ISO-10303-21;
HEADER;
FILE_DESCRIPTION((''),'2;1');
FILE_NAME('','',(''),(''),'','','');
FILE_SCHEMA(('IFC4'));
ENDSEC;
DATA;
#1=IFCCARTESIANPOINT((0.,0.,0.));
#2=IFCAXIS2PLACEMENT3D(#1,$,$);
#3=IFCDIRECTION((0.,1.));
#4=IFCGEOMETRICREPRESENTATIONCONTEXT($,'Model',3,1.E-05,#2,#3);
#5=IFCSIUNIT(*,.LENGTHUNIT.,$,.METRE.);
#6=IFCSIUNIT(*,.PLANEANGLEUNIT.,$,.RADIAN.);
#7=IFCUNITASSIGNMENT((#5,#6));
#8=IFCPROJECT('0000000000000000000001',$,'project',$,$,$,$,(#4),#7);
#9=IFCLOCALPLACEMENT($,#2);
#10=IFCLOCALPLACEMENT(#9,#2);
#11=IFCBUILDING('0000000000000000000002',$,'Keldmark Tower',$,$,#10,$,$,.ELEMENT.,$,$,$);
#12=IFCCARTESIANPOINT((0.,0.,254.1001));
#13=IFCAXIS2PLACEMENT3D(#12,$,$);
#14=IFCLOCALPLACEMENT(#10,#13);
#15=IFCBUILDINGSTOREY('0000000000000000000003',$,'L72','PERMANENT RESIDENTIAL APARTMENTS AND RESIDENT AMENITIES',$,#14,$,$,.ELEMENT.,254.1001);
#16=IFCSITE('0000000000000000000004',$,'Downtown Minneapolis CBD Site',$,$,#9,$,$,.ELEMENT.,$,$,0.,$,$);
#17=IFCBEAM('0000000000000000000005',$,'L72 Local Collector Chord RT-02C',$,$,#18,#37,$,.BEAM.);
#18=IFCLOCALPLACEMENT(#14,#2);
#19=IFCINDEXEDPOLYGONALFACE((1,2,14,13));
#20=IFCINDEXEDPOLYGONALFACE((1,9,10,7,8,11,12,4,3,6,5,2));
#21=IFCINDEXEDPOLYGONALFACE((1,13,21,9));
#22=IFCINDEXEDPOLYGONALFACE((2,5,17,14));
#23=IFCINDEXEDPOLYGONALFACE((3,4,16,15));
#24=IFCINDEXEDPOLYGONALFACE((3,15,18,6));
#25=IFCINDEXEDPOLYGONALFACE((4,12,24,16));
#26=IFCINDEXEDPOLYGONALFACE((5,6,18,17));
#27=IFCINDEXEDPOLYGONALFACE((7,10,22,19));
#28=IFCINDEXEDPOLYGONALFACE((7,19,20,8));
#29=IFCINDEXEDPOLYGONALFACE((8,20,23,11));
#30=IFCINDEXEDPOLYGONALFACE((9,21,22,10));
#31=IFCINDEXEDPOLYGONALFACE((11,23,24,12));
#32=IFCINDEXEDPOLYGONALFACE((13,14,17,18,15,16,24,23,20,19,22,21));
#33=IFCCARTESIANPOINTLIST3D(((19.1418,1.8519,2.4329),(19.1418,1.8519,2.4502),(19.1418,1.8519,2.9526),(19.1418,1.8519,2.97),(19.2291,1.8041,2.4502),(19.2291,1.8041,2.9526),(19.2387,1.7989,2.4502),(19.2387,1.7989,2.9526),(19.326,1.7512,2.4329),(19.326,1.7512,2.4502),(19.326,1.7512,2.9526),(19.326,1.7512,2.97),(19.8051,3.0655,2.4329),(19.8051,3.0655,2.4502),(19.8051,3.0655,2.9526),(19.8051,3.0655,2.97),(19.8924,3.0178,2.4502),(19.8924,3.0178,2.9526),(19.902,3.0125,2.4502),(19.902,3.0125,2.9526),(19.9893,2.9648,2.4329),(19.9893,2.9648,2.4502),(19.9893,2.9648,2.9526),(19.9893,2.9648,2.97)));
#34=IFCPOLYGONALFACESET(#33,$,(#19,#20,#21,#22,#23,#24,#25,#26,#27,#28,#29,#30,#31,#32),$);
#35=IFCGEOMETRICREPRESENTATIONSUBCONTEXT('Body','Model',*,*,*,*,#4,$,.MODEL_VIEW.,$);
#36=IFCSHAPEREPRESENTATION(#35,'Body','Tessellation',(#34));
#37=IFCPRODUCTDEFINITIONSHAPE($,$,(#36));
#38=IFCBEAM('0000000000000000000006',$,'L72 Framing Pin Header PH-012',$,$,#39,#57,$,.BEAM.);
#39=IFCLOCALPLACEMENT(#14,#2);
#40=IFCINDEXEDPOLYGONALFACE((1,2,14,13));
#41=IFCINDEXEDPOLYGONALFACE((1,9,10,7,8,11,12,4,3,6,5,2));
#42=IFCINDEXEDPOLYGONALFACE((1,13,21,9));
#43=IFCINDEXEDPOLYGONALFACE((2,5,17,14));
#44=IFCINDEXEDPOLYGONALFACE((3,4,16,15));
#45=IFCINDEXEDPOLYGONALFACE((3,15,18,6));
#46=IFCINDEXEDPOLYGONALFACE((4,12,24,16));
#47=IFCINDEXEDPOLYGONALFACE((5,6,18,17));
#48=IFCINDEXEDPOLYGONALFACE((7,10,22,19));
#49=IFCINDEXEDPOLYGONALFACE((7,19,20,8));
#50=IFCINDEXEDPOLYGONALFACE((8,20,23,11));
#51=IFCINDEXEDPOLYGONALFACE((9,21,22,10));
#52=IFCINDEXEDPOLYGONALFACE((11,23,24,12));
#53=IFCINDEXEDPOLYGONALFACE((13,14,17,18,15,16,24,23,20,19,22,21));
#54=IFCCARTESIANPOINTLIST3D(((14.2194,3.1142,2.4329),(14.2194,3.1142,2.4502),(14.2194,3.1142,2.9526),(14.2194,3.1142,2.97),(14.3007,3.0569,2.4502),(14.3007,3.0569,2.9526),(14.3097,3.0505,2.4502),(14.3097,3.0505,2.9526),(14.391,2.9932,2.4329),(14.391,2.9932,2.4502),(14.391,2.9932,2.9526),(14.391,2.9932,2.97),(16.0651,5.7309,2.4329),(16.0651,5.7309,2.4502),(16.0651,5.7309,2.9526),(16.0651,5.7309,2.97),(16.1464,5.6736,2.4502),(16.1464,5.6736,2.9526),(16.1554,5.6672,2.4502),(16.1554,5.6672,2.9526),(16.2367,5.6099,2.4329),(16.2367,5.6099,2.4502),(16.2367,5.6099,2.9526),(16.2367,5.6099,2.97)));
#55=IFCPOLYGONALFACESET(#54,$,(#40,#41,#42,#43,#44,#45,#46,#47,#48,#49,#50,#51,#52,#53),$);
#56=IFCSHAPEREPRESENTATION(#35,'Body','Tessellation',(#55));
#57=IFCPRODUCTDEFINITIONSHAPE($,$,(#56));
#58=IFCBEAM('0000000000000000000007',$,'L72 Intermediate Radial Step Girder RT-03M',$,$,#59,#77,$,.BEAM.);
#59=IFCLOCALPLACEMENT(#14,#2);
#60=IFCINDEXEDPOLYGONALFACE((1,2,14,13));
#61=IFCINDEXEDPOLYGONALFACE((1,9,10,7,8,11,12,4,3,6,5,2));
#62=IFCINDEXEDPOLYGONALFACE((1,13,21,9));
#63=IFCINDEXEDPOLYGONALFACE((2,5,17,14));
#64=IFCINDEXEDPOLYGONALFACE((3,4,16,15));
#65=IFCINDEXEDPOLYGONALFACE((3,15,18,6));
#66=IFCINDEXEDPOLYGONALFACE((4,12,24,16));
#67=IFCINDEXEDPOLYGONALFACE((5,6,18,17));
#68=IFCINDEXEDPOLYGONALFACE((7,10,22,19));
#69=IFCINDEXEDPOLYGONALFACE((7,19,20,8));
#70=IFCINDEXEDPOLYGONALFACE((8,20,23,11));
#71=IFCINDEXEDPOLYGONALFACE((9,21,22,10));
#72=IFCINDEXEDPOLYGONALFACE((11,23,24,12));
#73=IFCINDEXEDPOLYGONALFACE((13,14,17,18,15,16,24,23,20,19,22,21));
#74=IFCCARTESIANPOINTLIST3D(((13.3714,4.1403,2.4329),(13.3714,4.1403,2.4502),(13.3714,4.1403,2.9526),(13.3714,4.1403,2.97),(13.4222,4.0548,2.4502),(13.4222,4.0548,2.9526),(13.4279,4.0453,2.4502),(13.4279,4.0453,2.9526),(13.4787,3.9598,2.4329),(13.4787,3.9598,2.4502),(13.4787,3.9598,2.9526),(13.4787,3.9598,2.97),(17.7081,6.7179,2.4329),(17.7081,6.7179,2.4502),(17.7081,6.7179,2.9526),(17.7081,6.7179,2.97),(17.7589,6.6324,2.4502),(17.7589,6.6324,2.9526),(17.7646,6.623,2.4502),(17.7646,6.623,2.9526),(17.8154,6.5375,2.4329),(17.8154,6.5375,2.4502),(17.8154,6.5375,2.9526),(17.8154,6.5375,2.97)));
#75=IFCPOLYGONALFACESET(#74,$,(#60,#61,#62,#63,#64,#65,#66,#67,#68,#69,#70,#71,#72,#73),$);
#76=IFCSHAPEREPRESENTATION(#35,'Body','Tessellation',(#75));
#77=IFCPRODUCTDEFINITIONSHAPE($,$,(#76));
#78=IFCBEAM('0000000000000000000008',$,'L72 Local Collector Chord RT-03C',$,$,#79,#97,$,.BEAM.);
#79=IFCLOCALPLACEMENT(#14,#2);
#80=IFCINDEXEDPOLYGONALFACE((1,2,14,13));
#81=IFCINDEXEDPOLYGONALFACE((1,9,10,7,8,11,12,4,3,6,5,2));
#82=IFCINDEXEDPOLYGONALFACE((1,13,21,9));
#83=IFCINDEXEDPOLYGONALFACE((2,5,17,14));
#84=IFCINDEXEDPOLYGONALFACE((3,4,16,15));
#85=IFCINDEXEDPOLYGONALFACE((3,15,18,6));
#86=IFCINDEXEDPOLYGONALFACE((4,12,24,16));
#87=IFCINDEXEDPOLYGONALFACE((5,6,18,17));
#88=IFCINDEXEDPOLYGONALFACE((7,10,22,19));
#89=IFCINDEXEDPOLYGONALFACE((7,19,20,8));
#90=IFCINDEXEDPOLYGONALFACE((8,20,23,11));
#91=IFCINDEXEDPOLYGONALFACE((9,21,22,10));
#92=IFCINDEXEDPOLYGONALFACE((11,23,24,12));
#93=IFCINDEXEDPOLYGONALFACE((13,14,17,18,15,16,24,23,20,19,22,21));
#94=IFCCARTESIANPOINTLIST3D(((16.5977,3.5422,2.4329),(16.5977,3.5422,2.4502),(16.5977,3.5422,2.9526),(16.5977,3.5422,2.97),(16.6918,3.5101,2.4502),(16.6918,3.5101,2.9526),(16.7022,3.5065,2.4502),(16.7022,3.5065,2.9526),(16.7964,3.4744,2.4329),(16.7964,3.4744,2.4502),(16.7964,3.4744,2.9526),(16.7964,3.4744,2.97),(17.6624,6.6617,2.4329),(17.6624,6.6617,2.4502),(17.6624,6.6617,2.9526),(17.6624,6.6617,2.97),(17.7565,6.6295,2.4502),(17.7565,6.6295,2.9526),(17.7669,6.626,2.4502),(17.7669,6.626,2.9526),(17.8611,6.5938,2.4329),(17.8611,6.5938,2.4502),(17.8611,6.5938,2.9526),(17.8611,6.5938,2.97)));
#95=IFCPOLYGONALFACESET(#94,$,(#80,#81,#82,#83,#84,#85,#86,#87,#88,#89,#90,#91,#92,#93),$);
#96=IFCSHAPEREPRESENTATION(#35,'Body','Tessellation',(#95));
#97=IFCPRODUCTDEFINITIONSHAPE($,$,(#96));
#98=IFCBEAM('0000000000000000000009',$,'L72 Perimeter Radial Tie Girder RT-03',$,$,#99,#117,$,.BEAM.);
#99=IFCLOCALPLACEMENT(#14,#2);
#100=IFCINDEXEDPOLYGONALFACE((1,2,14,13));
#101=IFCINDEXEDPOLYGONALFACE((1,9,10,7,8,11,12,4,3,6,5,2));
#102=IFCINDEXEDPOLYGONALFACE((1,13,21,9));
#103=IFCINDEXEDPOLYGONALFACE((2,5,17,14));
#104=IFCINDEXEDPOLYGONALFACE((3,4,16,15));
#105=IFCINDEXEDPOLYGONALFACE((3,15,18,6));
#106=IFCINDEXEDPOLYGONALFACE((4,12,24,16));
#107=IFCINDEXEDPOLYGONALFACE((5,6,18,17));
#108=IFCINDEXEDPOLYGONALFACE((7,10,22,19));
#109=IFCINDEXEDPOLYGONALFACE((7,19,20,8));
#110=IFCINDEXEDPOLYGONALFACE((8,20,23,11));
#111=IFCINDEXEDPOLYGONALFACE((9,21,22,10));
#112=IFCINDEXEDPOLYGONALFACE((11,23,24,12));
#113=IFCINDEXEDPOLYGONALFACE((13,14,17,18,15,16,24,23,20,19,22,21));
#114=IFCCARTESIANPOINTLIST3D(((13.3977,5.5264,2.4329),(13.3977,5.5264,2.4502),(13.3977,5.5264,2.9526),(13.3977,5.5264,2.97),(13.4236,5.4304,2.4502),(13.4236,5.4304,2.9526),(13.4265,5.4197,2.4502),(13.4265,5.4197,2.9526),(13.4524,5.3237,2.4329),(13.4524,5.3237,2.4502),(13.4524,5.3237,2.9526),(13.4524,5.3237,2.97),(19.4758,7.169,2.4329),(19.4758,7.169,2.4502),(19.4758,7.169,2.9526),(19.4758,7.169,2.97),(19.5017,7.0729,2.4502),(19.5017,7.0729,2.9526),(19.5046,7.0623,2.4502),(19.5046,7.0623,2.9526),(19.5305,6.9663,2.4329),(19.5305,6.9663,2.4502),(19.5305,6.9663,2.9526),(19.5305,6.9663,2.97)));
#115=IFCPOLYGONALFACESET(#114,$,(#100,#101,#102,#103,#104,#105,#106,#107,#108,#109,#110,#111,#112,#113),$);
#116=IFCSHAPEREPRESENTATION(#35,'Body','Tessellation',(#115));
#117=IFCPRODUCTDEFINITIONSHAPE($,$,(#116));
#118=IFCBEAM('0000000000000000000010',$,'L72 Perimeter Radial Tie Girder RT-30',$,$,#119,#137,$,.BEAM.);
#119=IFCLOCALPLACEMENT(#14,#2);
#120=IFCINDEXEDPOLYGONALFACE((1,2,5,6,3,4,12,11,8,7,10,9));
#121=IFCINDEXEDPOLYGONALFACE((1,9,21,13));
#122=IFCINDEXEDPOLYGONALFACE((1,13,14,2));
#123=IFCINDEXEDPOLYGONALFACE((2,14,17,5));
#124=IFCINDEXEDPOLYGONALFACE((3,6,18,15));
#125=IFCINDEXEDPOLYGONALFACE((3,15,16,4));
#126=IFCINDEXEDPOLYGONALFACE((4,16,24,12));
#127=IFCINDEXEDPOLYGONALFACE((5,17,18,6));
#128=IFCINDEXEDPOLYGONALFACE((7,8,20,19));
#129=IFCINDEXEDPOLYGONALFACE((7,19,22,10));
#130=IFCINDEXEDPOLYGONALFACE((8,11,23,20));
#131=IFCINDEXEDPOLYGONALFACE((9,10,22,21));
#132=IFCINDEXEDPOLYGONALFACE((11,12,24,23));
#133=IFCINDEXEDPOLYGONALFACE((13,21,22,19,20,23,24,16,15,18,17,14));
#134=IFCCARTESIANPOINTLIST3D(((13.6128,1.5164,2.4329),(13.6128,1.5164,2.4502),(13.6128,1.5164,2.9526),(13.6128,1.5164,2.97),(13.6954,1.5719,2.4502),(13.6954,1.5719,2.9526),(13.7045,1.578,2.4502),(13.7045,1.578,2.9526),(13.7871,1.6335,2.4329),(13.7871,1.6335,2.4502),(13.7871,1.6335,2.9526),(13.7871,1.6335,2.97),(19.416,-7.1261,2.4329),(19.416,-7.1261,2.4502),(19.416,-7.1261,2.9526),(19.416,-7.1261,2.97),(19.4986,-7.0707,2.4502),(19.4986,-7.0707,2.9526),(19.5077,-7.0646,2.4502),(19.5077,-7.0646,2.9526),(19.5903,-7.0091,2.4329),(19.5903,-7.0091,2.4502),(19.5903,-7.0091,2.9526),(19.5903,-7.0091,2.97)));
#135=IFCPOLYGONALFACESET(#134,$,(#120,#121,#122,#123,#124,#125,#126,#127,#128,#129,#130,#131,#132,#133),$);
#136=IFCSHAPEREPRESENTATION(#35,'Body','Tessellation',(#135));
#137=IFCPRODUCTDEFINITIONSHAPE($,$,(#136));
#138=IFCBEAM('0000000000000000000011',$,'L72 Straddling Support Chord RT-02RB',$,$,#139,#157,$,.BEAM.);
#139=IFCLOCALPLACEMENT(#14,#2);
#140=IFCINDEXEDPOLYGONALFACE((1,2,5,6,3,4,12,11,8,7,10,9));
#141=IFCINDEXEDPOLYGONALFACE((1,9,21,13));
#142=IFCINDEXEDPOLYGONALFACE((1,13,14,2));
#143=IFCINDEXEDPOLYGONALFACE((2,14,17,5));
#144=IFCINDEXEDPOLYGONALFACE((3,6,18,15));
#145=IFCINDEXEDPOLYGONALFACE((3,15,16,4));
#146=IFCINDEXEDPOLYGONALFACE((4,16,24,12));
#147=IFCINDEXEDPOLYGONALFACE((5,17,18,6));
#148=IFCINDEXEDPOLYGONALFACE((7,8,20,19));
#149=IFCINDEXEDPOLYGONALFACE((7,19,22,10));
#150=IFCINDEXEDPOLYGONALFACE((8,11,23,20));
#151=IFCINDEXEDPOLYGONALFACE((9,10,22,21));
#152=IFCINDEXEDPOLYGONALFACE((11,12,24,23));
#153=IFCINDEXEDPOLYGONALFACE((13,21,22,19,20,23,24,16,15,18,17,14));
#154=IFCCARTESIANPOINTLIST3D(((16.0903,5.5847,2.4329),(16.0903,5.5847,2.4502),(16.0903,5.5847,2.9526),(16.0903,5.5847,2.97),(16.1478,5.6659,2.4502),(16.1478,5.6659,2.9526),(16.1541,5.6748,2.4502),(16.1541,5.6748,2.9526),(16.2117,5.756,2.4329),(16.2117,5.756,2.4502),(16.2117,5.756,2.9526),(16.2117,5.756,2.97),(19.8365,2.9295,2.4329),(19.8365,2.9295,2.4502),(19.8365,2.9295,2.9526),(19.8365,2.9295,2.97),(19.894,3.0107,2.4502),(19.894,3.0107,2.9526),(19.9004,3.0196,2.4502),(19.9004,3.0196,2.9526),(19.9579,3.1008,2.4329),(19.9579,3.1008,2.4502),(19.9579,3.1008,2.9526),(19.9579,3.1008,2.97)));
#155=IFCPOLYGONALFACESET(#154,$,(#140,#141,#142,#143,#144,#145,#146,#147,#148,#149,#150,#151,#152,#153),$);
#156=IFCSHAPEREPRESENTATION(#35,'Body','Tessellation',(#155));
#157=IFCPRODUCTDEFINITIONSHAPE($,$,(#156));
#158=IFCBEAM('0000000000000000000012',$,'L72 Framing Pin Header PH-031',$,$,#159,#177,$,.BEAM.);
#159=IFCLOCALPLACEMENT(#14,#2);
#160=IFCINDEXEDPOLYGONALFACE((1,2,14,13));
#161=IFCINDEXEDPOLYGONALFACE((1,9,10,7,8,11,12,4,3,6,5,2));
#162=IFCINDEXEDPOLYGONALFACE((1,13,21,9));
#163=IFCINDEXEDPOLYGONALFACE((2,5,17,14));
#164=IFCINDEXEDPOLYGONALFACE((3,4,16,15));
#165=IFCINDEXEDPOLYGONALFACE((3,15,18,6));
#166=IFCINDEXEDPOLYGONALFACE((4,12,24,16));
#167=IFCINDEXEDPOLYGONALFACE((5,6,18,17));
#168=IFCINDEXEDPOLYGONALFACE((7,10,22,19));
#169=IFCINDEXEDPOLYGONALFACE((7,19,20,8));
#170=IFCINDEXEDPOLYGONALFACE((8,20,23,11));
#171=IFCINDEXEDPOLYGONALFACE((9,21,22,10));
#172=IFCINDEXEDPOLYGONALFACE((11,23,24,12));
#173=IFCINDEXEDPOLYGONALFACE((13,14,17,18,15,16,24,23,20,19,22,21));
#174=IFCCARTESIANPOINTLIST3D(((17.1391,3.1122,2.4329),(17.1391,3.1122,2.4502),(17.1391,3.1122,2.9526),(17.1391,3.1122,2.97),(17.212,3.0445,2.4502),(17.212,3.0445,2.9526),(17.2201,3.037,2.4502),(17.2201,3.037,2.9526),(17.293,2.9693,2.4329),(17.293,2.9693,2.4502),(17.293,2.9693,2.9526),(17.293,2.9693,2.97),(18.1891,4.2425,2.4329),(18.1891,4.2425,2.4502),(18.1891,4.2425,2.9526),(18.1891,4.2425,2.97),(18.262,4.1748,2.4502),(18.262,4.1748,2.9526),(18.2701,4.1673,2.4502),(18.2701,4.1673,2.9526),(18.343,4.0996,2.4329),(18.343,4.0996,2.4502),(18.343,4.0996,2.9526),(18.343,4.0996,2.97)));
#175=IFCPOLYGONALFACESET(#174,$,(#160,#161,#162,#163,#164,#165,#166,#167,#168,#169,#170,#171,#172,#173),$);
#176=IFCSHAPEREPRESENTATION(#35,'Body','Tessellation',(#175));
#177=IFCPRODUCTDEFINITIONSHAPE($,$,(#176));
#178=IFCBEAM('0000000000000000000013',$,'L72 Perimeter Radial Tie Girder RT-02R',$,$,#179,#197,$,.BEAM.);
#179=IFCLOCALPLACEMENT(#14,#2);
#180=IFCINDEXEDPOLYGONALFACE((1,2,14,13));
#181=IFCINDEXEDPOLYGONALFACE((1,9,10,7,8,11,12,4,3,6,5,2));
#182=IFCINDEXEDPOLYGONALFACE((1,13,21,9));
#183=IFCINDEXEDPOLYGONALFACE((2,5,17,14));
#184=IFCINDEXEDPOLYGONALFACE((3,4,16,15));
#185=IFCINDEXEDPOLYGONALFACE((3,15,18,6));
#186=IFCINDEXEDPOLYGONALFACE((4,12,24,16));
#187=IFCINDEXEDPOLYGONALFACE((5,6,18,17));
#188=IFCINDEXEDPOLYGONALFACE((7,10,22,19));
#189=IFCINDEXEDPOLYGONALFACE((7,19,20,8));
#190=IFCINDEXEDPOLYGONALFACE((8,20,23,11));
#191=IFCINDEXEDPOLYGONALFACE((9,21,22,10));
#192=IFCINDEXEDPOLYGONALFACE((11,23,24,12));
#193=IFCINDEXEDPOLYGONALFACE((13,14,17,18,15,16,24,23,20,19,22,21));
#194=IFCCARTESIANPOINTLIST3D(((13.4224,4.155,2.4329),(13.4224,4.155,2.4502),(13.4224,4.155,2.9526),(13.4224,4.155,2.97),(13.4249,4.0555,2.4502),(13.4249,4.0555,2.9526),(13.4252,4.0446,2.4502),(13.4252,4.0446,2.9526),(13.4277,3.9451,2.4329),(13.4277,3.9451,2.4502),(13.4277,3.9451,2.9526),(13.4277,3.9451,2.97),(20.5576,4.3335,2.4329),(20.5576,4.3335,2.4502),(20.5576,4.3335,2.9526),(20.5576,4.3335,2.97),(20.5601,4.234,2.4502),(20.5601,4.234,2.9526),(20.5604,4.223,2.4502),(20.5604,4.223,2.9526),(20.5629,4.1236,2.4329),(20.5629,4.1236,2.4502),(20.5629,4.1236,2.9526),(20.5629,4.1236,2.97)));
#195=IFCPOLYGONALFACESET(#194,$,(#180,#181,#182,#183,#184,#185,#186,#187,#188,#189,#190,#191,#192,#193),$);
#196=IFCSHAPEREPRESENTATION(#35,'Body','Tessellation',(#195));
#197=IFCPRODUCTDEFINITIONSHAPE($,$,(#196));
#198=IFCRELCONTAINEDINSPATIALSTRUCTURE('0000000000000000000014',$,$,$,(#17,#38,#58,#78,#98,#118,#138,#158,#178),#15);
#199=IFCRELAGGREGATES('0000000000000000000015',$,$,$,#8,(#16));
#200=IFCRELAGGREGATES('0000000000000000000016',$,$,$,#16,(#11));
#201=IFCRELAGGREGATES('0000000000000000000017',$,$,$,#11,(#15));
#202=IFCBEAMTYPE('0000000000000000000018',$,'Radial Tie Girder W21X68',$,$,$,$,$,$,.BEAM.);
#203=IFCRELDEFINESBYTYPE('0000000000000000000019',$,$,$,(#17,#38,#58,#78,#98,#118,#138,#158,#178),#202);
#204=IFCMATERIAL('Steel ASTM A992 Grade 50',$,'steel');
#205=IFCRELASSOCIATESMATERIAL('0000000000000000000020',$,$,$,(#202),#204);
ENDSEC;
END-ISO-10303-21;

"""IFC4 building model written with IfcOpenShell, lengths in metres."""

from ifc_helpers import new_model, si_unit, direction, frame, origin, origin_2d, place, context, subcontext, project, spatial, i_section, extrude, material, material_profile, profile_set, type_object, element, save


model = new_model("IFC4")

# Units and contexts
model_context = context("Model", 3, precision=1e-05, world=origin(), true_north=direction((0.0, 1.0)))
body_context = subcontext(model_context, "Body", "Model", "MODEL_VIEW")
ifc_project = project(units=[si_unit("LENGTHUNIT", "METRE"), si_unit("PLANEANGLEUNIT", "RADIAN")], contexts=[model_context])

# Site, building, storey
site_placement = place(None, origin())
site = spatial("IfcSite", under=ifc_project, at=site_placement, Name="Downtown Minneapolis CBD Site", CompositionType="ELEMENT", RefElevation=0.0)
building_placement = place(site_placement, origin())
building = spatial("IfcBuilding", under=site, at=building_placement, Name="Keldmark Tower", CompositionType="ELEMENT")
storey_placement = place(building_placement, frame((0.0, 0.0, 254.1001)))
storey = spatial("IfcBuildingStorey", under=building, at=storey_placement, Name="L72", Description="PERMANENT RESIDENTIAL APARTMENTS AND RESIDENT AMENITIES", CompositionType="ELEMENT", Elevation=254.1001)

# Beams
ifc_material_1 = material(Name="Steel ASTM A992 Grade 50", Category="steel")
ifc_material_profile_1 = material_profile(ifc_material_1, i_section(OverallWidth=0.21, OverallDepth=0.5371, WebThickness=0.011, FlangeThickness=0.0173, at=origin_2d()), Name="W21X68")
ifc_profile_set_1 = profile_set([ifc_material_profile_1], Name="Steel ASTM A992 Grade 50")
beam_type_1 = type_object("IfcBeamType", Name="Radial Tie Girder W21X68", PredefinedType="BEAM", material=ifc_profile_set_1)
beam_1_placement = place(storey_placement, frame((19.2339, 1.8015, 2.7014), z_axis=(0.479606, 0.877484, 0.0), x_axis=(-0.877484, 0.479606, 0.0)))
element("IfcBeam", 1, at=beam_1_placement, inside=storey, type_object=beam_type_1, Name="L72 Local Collector Chord RT-02C", PredefinedType="BEAM", context=body_context, shape_type="SweptSolid", body=[
    extrude(i_section(OverallWidth=0.21, OverallDepth=0.5371, WebThickness=0.011, FlangeThickness=0.0173, at=origin_2d()), origin(), (0.0, 0.0, 1.0), 1.3831),
])
beam_2_placement = place(storey_placement, frame((14.3052, 3.0537, 2.7014), z_axis=(0.576396, 0.817171, 0.0), x_axis=(-0.817171, 0.576396, 0.0)))
element("IfcBeam", 2, at=beam_2_placement, inside=storey, type_object=beam_type_1, Name="L72 Framing Pin Header PH-012", PredefinedType="BEAM", context=body_context, shape_type="SweptSolid", body=[
    extrude(i_section(OverallWidth=0.21, OverallDepth=0.5371, WebThickness=0.011, FlangeThickness=0.0173, at=origin_2d()), origin(), (0.0, 0.0, 1.0), 3.2021),
])
beam_3_placement = place(storey_placement, frame((13.425, 4.05, 2.7014), z_axis=(0.859616, 0.51094, 0.0), x_axis=(-0.51094, 0.859616, 0.0)))
element("IfcBeam", 3, at=beam_3_placement, inside=storey, type_object=beam_type_1, Name="L72 Intermediate Radial Step Girder RT-03M", PredefinedType="BEAM", context=body_context, shape_type="SweptSolid", body=[
    extrude(i_section(OverallWidth=0.21, OverallDepth=0.5371, WebThickness=0.011, FlangeThickness=0.0173, at=origin_2d()), origin(), (0.0, 0.0, 1.0), 5.0449),
])
beam_4_placement = place(storey_placement, frame((16.697, 3.5083, 2.7014), z_axis=(0.323019, 0.946392, 0.0), x_axis=(-0.946392, 0.323019, 0.0)))
element("IfcBeam", 4, at=beam_4_placement, inside=storey, type_object=beam_type_1, Name="L72 Local Collector Chord RT-03C", PredefinedType="BEAM", context=body_context, shape_type="SweptSolid", body=[
    extrude(i_section(OverallWidth=0.21, OverallDepth=0.5371, WebThickness=0.011, FlangeThickness=0.0173, at=origin_2d()), origin(), (0.0, 0.0, 1.0), 3.2961),
])
beam_5_placement = place(storey_placement, frame((13.425, 5.425, 2.7014), z_axis=(0.96537, 0.260886, 0.0), x_axis=(-0.260886, 0.96537, 0.0)))
element("IfcBeam", 5, at=beam_5_placement, inside=storey, type_object=beam_type_1, Name="L72 Perimeter Radial Tie Girder RT-03", PredefinedType="BEAM", context=body_context, shape_type="SweptSolid", body=[
    extrude(i_section(OverallWidth=0.21, OverallDepth=0.5371, WebThickness=0.011, FlangeThickness=0.0173, at=origin_2d()), origin(), (0.0, 0.0, 1.0), 6.2961),
])
beam_6_placement = place(storey_placement, frame((13.7, 1.575, 2.7014), z_axis=(0.557457, -0.830206, 0.0), x_axis=(0.830206, 0.557457, 0.0)))
element("IfcBeam", 6, at=beam_6_placement, inside=storey, type_object=beam_type_1, Name="L72 Perimeter Radial Tie Girder RT-30", PredefinedType="BEAM", context=body_context, shape_type="SweptSolid", body=[
    extrude(i_section(OverallWidth=0.21, OverallDepth=0.5371, WebThickness=0.011, FlangeThickness=0.0173, at=origin_2d()), origin(), (0.0, 0.0, 1.0), 10.4102),
])
beam_7_placement = place(storey_placement, frame((19.8972, 3.0151, 2.7014), z_axis=(-0.815858, 0.578252, 0.0), x_axis=(-0.578252, -0.815858, 0.0)))
element("IfcBeam", 7, at=beam_7_placement, inside=storey, type_object=beam_type_1, Name="L72 Straddling Support Chord RT-02RB", PredefinedType="BEAM", context=body_context, shape_type="SweptSolid", body=[
    extrude(i_section(OverallWidth=0.21, OverallDepth=0.5371, WebThickness=0.011, FlangeThickness=0.0173, at=origin_2d()), origin(), (0.0, 0.0, 1.0), 4.5918),
])
beam_8_placement = place(storey_placement, frame((17.2161, 3.0408, 2.7014), z_axis=(0.680597, 0.732658, 0.0), x_axis=(-0.732658, 0.680597, 0.0)))
element("IfcBeam", 8, at=beam_8_placement, inside=storey, type_object=beam_type_1, Name="L72 Framing Pin Header PH-031", PredefinedType="BEAM", context=body_context, shape_type="SweptSolid", body=[
    extrude(i_section(OverallWidth=0.21, OverallDepth=0.5371, WebThickness=0.011, FlangeThickness=0.0173, at=origin_2d()), origin(), (0.0, 0.0, 1.0), 1.5427),
])
beam_9_placement = place(storey_placement, frame((13.425, 4.05, 2.7014), z_axis=(0.999687, 0.025004, 0.0), x_axis=(-0.025004, 0.999687, 0.0)))
element("IfcBeam", 9, at=beam_9_placement, inside=storey, type_object=beam_type_1, Name="L72 Perimeter Radial Tie Girder RT-02R", PredefinedType="BEAM", context=body_context, shape_type="SweptSolid", body=[
    extrude(i_section(OverallWidth=0.21, OverallDepth=0.5371, WebThickness=0.011, FlangeThickness=0.0173, at=origin_2d()), origin(), (0.0, 0.0, 1.0), 7.1375),
])

save(model, "model.ifc")
